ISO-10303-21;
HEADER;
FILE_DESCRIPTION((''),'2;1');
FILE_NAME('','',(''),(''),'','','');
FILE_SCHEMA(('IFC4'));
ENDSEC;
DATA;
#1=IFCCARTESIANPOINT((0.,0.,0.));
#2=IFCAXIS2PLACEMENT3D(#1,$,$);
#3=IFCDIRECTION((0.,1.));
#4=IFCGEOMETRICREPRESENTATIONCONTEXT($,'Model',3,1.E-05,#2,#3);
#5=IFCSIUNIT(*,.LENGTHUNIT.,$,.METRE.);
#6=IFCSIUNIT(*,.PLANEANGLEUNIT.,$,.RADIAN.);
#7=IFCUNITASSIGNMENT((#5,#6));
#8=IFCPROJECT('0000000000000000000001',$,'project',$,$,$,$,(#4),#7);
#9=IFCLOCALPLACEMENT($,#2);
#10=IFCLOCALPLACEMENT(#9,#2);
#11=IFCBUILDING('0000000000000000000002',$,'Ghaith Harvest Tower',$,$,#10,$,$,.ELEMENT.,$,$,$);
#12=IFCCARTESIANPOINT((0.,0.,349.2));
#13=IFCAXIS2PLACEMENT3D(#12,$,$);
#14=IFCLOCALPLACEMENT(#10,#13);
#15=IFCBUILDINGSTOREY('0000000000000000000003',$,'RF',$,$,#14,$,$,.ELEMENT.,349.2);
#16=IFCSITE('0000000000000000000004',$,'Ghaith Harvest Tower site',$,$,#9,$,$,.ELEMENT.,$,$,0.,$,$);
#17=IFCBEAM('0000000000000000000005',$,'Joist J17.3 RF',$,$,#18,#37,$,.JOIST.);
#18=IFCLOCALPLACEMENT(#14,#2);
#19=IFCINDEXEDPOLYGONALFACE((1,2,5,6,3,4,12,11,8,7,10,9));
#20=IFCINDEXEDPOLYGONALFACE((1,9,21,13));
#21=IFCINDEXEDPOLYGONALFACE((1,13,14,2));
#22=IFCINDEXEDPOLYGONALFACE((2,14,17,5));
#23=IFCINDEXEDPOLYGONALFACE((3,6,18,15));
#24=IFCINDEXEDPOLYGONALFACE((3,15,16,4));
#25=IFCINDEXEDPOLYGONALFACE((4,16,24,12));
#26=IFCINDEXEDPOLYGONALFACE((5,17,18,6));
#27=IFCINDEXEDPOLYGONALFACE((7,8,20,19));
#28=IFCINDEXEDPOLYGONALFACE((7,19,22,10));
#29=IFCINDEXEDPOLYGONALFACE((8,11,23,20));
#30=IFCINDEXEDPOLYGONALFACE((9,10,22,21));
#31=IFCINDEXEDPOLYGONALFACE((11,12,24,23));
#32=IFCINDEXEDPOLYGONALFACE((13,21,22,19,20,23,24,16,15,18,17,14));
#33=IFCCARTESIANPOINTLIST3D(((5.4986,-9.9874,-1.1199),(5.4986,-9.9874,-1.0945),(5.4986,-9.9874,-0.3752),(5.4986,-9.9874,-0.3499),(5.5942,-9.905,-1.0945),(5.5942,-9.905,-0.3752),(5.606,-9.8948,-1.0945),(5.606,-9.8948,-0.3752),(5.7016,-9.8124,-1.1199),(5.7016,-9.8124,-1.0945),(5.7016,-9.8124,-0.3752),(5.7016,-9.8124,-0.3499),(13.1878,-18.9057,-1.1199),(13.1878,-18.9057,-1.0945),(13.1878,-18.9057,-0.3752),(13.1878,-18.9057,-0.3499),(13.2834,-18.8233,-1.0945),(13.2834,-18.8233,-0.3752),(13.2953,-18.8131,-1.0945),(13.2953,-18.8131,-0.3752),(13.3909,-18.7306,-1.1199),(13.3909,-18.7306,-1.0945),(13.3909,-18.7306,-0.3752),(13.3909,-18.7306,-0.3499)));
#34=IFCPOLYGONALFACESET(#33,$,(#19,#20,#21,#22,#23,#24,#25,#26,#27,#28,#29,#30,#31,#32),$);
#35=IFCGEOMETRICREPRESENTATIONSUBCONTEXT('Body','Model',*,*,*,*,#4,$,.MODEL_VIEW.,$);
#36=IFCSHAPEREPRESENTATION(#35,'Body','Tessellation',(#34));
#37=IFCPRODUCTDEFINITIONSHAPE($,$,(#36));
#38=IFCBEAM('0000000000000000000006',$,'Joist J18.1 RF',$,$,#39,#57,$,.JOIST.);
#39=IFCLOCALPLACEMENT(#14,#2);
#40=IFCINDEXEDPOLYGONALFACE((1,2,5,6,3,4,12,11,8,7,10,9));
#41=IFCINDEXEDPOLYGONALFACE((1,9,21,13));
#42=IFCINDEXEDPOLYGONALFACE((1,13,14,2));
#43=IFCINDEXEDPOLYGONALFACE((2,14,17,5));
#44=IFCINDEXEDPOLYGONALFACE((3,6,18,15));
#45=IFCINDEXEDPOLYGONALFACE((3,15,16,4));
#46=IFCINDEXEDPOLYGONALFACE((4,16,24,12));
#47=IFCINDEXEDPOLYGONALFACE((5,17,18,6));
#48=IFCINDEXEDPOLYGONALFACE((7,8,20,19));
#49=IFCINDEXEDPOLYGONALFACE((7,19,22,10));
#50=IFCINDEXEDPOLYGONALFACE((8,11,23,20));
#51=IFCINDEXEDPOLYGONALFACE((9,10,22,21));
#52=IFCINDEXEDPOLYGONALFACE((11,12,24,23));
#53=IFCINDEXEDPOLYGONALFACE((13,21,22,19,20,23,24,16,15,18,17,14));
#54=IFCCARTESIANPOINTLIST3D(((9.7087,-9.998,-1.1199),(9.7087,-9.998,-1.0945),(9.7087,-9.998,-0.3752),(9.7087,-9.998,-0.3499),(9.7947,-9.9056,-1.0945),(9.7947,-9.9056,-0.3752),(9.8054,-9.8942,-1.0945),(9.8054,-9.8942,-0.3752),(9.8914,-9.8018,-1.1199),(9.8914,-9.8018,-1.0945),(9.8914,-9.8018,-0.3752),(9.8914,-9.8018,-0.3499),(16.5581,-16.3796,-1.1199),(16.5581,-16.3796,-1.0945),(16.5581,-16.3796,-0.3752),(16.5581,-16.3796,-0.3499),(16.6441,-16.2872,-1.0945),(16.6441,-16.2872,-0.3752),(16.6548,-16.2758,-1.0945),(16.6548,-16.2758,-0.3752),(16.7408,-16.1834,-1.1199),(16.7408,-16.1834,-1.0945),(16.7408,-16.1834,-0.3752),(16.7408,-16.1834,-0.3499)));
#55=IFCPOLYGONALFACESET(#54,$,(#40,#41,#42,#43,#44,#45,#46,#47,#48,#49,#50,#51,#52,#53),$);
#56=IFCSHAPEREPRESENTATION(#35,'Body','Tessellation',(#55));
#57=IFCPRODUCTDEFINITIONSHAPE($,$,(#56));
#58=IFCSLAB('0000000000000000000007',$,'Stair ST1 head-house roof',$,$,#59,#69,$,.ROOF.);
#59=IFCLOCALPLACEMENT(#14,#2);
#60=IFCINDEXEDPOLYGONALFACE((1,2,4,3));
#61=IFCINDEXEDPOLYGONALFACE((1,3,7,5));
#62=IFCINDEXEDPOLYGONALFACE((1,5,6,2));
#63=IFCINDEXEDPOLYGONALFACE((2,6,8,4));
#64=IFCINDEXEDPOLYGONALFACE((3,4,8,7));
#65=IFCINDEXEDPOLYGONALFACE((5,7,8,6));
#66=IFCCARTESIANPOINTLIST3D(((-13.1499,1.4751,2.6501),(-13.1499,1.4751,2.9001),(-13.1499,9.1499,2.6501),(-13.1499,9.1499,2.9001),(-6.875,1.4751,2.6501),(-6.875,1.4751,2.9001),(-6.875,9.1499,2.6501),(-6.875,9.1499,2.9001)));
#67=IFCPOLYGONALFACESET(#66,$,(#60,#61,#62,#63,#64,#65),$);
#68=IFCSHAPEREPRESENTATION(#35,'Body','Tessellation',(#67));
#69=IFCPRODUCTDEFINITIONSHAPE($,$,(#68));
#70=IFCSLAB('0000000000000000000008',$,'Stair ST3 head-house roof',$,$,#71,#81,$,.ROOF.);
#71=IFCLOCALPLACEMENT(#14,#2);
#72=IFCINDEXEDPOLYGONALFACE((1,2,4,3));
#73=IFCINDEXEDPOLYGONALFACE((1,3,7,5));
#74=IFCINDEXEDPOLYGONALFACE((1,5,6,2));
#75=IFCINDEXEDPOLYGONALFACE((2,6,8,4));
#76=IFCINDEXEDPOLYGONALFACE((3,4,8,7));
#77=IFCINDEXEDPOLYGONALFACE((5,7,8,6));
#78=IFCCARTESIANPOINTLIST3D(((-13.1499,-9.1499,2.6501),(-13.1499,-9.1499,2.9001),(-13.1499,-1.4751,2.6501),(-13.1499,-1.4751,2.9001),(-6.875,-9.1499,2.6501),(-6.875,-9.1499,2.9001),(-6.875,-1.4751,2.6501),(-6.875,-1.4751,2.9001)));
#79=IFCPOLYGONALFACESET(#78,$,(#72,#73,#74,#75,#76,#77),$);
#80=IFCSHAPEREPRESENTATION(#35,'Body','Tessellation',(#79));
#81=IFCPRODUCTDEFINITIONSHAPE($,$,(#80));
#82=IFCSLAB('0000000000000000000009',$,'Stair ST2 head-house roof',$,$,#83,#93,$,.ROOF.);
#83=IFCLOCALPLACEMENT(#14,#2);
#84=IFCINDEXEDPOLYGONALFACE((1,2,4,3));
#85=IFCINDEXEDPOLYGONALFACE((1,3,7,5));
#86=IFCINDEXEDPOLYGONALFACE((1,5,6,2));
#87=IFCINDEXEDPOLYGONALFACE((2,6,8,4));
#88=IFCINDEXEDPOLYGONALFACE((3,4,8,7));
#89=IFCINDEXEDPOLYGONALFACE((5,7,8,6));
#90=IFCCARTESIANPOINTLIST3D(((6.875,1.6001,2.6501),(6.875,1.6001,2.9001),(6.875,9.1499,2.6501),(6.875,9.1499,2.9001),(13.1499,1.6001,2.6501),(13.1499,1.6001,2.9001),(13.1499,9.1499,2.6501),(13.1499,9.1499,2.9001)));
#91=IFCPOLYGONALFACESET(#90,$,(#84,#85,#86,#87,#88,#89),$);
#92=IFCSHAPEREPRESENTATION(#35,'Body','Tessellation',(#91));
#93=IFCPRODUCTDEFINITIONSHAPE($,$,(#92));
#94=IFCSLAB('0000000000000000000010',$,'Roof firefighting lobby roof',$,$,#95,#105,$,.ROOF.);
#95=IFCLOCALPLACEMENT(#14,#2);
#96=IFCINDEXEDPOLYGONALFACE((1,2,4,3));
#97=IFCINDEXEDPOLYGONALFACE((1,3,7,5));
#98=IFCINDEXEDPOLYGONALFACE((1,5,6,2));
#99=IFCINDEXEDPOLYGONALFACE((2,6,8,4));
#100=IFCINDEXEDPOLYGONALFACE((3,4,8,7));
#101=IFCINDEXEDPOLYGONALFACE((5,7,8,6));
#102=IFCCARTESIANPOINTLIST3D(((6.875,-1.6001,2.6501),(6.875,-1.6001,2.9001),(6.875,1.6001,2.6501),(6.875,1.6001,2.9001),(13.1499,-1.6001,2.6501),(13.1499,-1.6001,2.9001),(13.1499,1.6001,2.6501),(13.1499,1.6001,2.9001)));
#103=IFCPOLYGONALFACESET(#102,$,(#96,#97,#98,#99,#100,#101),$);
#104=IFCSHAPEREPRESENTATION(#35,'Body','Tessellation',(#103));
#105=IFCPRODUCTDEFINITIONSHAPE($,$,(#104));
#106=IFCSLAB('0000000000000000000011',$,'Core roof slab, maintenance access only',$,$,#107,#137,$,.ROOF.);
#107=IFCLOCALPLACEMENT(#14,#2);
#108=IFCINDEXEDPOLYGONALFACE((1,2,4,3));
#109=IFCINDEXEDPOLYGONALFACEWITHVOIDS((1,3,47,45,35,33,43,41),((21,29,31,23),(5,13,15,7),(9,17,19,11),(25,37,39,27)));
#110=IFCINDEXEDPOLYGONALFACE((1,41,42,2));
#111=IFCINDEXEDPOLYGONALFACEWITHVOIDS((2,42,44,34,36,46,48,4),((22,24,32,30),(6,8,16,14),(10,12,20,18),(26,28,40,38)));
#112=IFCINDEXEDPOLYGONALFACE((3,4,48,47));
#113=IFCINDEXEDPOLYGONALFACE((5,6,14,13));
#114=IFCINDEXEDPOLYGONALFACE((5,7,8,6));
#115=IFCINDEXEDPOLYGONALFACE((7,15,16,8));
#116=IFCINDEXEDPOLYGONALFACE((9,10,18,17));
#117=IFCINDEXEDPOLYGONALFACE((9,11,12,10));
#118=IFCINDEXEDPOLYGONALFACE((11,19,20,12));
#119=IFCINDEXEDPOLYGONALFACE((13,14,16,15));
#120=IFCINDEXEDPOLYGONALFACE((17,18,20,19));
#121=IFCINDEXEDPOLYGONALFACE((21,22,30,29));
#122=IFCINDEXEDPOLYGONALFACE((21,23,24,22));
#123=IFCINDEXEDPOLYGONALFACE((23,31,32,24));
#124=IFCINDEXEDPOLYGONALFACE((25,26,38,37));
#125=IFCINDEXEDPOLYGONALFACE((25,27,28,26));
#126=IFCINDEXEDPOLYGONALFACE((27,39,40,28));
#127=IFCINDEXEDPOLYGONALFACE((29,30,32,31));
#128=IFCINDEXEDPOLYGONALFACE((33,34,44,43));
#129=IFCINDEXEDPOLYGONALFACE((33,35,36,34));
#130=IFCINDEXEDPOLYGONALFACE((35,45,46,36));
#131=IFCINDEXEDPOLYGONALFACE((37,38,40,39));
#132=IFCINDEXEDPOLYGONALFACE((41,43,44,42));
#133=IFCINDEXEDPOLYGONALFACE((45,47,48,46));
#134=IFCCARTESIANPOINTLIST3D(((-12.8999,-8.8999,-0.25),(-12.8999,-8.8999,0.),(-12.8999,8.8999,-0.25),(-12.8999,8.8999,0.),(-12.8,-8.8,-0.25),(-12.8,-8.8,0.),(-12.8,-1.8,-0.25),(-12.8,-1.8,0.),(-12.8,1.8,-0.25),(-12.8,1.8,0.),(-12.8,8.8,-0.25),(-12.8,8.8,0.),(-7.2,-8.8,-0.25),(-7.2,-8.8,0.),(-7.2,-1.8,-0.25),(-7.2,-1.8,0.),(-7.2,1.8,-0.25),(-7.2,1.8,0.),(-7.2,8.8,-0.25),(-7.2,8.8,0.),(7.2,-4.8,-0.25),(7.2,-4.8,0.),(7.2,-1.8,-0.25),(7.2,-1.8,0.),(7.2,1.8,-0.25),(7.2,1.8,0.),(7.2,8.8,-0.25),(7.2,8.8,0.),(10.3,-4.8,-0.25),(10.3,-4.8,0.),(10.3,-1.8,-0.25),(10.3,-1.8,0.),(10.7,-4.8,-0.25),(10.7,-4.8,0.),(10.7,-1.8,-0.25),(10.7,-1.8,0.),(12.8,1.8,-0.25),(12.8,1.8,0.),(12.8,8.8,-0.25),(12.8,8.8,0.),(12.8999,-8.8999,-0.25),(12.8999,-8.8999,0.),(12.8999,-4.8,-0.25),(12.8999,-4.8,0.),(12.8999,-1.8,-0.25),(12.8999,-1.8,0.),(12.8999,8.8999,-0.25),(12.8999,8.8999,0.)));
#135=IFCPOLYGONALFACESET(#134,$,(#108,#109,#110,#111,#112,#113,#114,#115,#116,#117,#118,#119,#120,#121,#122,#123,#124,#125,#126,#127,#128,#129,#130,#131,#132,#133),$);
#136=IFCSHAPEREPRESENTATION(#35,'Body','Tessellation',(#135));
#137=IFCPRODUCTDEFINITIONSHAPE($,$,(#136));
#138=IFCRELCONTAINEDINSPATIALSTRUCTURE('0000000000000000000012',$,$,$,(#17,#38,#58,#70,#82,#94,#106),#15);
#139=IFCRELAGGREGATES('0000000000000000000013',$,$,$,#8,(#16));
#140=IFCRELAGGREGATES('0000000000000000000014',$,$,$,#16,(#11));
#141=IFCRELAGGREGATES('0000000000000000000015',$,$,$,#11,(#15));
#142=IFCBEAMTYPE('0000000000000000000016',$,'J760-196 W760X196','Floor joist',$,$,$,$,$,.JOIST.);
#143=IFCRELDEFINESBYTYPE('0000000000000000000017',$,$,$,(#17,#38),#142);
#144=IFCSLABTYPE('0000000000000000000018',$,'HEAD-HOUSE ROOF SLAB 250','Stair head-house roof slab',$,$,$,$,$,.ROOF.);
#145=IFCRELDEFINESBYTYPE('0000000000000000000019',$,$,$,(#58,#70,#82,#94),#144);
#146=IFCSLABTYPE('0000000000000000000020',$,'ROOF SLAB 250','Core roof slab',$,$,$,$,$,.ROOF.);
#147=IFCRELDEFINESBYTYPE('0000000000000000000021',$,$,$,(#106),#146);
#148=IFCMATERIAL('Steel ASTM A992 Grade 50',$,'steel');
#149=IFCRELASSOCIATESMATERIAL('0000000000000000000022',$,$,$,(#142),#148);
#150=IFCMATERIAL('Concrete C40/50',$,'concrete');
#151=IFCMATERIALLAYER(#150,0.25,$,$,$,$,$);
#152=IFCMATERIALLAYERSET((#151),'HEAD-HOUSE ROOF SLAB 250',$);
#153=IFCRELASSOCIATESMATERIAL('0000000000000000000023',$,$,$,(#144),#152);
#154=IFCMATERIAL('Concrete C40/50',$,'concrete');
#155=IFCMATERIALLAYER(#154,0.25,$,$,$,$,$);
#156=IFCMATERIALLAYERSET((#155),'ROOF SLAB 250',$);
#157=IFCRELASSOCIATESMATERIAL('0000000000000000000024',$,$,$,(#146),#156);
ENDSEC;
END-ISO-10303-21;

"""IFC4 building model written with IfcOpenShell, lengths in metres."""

from ifc_helpers import new_model, si_unit, direction, frame, origin, origin_2d, place, context, subcontext, project, spatial, polyline, i_section, outline, extrude, material, layer, layer_set, material_profile, profile_set, type_object, element, save


model = new_model("IFC4")

# Units and contexts
model_context = context("Model", 3, precision=1e-05, world=origin(), true_north=direction((0.0, 1.0)))
body_context = subcontext(model_context, "Body", "Model", "MODEL_VIEW")
ifc_project = project(units=[si_unit("LENGTHUNIT", "METRE"), si_unit("PLANEANGLEUNIT", "RADIAN")], contexts=[model_context])

# Site, building, storey
site_placement = place(None, origin())
site = spatial("IfcSite", under=ifc_project, at=site_placement, Name="Ghaith Harvest Tower site", CompositionType="ELEMENT", RefElevation=0.0)
building_placement = place(site_placement, origin())
building = spatial("IfcBuilding", under=site, at=building_placement, Name="Ghaith Harvest Tower", CompositionType="ELEMENT")
storey_placement = place(building_placement, frame((0.0, 0.0, 349.2)))
storey = spatial("IfcBuildingStorey", under=building, at=storey_placement, Name="RF", CompositionType="ELEMENT", Elevation=349.2)

# Beams
ifc_material_1 = material(Name="Steel ASTM A992 Grade 50", Category="steel")
ifc_material_profile_1 = material_profile(ifc_material_1, i_section(OverallWidth=0.2681, OverallDepth=0.77, WebThickness=0.0156, FlangeThickness=0.0254, at=origin_2d()), Name="W760X196")
ifc_profile_set_1 = profile_set([ifc_material_profile_1], Name="Steel ASTM A992 Grade 50")
beam_type_1 = type_object("IfcBeamType", Name="J760-196 W760X196", Description="Floor joist", PredefinedType="JOIST", material=ifc_profile_set_1)
beam_1_placement = place(storey_placement, frame((5.6001, -9.8999, -0.7349), z_axis=(0.652993, -0.757364, 0.0), x_axis=(0.757364, 0.652993, 0.0)))
element("IfcBeam", 1, at=beam_1_placement, inside=storey, type_object=beam_type_1, Name="Joist J17.3 RF", PredefinedType="JOIST", context=body_context, shape_type="SweptSolid", body=[
    extrude(i_section(OverallWidth=0.2681, OverallDepth=0.77, WebThickness=0.0156, FlangeThickness=0.0254, at=origin_2d()), origin(), (0.0, 0.0, 1.0), 11.7754),
])
beam_2_placement = place(storey_placement, frame((9.8, -9.8999, -0.7349), z_axis=(0.731649, -0.681682, 0.0), x_axis=(0.681682, 0.731649, 0.0)))
element("IfcBeam", 2, at=beam_2_placement, inside=storey, type_object=beam_type_1, Name="Joist J18.1 RF", PredefinedType="JOIST", context=body_context, shape_type="SweptSolid", body=[
    extrude(i_section(OverallWidth=0.2681, OverallDepth=0.77, WebThickness=0.0156, FlangeThickness=0.0254, at=origin_2d()), origin(), (0.0, 0.0, 1.0), 9.3616),
])

# Slabs
ifc_material_2 = material(Name="Concrete C40/50", Category="concrete")
ifc_layer_1 = layer(ifc_material_2, 0.25)
ifc_layer_set_1 = layer_set([ifc_layer_1], Name="HEAD-HOUSE ROOF SLAB 250")
slab_type_1 = type_object("IfcSlabType", Name="HEAD-HOUSE ROOF SLAB 250", Description="Stair head-house roof slab", PredefinedType="ROOF", material=ifc_layer_set_1)
slab_1_placement = place(storey_placement, frame((0.0, 0.0, 2.6501)))
element("IfcSlab", 3, at=slab_1_placement, inside=storey, type_object=slab_type_1, Name="Stair ST1 head-house roof", PredefinedType="ROOF", context=body_context, shape_type="SweptSolid", body=[
    extrude(outline(polyline([(-13.1499, 9.1499), (-13.1499, 1.4751), (-6.875, 1.4751), (-6.875, 9.1499), (-13.1499, 9.1499)])), origin(), (0.0, 0.0, 1.0), 0.25),
])
slab_2_placement = place(storey_placement, frame((0.0, 0.0, 2.6501)))
element("IfcSlab", 4, at=slab_2_placement, inside=storey, type_object=slab_type_1, Name="Stair ST3 head-house roof", PredefinedType="ROOF", context=body_context, shape_type="SweptSolid", body=[
    extrude(outline(polyline([(-13.1499, -9.1499), (-13.1499, -1.4751), (-6.875, -1.4751), (-6.875, -9.1499), (-13.1499, -9.1499)])), origin(), (0.0, 0.0, 1.0), 0.25),
])
slab_3_placement = place(storey_placement, frame((0.0, 0.0, 2.6501)))
element("IfcSlab", 5, at=slab_3_placement, inside=storey, type_object=slab_type_1, Name="Stair ST2 head-house roof", PredefinedType="ROOF", context=body_context, shape_type="SweptSolid", body=[
    extrude(outline(polyline([(13.1499, 1.6001), (13.1499, 9.1499), (6.875, 9.1499), (6.875, 1.6001), (13.1499, 1.6001)])), origin(), (0.0, 0.0, 1.0), 0.25),
])
slab_4_placement = place(storey_placement, frame((0.0, 0.0, 2.6501)))
element("IfcSlab", 6, at=slab_4_placement, inside=storey, type_object=slab_type_1, Name="Roof firefighting lobby roof", PredefinedType="ROOF", context=body_context, shape_type="SweptSolid", body=[
    extrude(outline(polyline([(6.875, -1.6001), (13.1499, -1.6001), (13.1499, 1.6001), (6.875, 1.6001), (6.875, -1.6001)])), origin(), (0.0, 0.0, 1.0), 0.25),
])
ifc_material_3 = material(Name="Concrete C40/50", Category="concrete")
ifc_layer_2 = layer(ifc_material_3, 0.25)
ifc_layer_set_2 = layer_set([ifc_layer_2], Name="ROOF SLAB 250")
slab_type_2 = type_object("IfcSlabType", Name="ROOF SLAB 250", Description="Core roof slab", PredefinedType="ROOF", material=ifc_layer_set_2)
slab_5_placement = place(storey_placement, frame((0.0, 0.0, -0.25)))
element("IfcSlab", 7, at=slab_5_placement, inside=storey, type_object=slab_type_2, Name="Core roof slab, maintenance access only", PredefinedType="ROOF", context=body_context, shape_type="SweptSolid", body=[
    extrude(outline(polyline([(-12.8999, 8.8999), (12.8999, 8.8999), (12.8999, -1.8), (10.7, -1.8), (10.7, -4.8), (12.8999, -4.8), (12.8999, -8.8999), (-12.8999, -8.8999), (-12.8999, 8.8999)]), holes=[polyline([(-12.8, -1.8), (-12.8, -8.8), (-7.2, -8.8), (-7.2, -1.8), (-12.8, -1.8)]), polyline([(7.2, -1.8), (7.2, -4.8), (10.3, -4.8), (10.3, -1.8), (7.2, -1.8)]), polyline([(-7.2, 1.8), (-7.2, 8.8), (-12.8, 8.8), (-12.8, 1.8), (-7.2, 1.8)]), polyline([(7.2, 8.8), (7.2, 1.8), (12.8, 1.8), (12.8, 8.8), (7.2, 8.8)])]), origin(), (0.0, 0.0, 1.0), 0.25),
])

save(model, "model.ifc")
